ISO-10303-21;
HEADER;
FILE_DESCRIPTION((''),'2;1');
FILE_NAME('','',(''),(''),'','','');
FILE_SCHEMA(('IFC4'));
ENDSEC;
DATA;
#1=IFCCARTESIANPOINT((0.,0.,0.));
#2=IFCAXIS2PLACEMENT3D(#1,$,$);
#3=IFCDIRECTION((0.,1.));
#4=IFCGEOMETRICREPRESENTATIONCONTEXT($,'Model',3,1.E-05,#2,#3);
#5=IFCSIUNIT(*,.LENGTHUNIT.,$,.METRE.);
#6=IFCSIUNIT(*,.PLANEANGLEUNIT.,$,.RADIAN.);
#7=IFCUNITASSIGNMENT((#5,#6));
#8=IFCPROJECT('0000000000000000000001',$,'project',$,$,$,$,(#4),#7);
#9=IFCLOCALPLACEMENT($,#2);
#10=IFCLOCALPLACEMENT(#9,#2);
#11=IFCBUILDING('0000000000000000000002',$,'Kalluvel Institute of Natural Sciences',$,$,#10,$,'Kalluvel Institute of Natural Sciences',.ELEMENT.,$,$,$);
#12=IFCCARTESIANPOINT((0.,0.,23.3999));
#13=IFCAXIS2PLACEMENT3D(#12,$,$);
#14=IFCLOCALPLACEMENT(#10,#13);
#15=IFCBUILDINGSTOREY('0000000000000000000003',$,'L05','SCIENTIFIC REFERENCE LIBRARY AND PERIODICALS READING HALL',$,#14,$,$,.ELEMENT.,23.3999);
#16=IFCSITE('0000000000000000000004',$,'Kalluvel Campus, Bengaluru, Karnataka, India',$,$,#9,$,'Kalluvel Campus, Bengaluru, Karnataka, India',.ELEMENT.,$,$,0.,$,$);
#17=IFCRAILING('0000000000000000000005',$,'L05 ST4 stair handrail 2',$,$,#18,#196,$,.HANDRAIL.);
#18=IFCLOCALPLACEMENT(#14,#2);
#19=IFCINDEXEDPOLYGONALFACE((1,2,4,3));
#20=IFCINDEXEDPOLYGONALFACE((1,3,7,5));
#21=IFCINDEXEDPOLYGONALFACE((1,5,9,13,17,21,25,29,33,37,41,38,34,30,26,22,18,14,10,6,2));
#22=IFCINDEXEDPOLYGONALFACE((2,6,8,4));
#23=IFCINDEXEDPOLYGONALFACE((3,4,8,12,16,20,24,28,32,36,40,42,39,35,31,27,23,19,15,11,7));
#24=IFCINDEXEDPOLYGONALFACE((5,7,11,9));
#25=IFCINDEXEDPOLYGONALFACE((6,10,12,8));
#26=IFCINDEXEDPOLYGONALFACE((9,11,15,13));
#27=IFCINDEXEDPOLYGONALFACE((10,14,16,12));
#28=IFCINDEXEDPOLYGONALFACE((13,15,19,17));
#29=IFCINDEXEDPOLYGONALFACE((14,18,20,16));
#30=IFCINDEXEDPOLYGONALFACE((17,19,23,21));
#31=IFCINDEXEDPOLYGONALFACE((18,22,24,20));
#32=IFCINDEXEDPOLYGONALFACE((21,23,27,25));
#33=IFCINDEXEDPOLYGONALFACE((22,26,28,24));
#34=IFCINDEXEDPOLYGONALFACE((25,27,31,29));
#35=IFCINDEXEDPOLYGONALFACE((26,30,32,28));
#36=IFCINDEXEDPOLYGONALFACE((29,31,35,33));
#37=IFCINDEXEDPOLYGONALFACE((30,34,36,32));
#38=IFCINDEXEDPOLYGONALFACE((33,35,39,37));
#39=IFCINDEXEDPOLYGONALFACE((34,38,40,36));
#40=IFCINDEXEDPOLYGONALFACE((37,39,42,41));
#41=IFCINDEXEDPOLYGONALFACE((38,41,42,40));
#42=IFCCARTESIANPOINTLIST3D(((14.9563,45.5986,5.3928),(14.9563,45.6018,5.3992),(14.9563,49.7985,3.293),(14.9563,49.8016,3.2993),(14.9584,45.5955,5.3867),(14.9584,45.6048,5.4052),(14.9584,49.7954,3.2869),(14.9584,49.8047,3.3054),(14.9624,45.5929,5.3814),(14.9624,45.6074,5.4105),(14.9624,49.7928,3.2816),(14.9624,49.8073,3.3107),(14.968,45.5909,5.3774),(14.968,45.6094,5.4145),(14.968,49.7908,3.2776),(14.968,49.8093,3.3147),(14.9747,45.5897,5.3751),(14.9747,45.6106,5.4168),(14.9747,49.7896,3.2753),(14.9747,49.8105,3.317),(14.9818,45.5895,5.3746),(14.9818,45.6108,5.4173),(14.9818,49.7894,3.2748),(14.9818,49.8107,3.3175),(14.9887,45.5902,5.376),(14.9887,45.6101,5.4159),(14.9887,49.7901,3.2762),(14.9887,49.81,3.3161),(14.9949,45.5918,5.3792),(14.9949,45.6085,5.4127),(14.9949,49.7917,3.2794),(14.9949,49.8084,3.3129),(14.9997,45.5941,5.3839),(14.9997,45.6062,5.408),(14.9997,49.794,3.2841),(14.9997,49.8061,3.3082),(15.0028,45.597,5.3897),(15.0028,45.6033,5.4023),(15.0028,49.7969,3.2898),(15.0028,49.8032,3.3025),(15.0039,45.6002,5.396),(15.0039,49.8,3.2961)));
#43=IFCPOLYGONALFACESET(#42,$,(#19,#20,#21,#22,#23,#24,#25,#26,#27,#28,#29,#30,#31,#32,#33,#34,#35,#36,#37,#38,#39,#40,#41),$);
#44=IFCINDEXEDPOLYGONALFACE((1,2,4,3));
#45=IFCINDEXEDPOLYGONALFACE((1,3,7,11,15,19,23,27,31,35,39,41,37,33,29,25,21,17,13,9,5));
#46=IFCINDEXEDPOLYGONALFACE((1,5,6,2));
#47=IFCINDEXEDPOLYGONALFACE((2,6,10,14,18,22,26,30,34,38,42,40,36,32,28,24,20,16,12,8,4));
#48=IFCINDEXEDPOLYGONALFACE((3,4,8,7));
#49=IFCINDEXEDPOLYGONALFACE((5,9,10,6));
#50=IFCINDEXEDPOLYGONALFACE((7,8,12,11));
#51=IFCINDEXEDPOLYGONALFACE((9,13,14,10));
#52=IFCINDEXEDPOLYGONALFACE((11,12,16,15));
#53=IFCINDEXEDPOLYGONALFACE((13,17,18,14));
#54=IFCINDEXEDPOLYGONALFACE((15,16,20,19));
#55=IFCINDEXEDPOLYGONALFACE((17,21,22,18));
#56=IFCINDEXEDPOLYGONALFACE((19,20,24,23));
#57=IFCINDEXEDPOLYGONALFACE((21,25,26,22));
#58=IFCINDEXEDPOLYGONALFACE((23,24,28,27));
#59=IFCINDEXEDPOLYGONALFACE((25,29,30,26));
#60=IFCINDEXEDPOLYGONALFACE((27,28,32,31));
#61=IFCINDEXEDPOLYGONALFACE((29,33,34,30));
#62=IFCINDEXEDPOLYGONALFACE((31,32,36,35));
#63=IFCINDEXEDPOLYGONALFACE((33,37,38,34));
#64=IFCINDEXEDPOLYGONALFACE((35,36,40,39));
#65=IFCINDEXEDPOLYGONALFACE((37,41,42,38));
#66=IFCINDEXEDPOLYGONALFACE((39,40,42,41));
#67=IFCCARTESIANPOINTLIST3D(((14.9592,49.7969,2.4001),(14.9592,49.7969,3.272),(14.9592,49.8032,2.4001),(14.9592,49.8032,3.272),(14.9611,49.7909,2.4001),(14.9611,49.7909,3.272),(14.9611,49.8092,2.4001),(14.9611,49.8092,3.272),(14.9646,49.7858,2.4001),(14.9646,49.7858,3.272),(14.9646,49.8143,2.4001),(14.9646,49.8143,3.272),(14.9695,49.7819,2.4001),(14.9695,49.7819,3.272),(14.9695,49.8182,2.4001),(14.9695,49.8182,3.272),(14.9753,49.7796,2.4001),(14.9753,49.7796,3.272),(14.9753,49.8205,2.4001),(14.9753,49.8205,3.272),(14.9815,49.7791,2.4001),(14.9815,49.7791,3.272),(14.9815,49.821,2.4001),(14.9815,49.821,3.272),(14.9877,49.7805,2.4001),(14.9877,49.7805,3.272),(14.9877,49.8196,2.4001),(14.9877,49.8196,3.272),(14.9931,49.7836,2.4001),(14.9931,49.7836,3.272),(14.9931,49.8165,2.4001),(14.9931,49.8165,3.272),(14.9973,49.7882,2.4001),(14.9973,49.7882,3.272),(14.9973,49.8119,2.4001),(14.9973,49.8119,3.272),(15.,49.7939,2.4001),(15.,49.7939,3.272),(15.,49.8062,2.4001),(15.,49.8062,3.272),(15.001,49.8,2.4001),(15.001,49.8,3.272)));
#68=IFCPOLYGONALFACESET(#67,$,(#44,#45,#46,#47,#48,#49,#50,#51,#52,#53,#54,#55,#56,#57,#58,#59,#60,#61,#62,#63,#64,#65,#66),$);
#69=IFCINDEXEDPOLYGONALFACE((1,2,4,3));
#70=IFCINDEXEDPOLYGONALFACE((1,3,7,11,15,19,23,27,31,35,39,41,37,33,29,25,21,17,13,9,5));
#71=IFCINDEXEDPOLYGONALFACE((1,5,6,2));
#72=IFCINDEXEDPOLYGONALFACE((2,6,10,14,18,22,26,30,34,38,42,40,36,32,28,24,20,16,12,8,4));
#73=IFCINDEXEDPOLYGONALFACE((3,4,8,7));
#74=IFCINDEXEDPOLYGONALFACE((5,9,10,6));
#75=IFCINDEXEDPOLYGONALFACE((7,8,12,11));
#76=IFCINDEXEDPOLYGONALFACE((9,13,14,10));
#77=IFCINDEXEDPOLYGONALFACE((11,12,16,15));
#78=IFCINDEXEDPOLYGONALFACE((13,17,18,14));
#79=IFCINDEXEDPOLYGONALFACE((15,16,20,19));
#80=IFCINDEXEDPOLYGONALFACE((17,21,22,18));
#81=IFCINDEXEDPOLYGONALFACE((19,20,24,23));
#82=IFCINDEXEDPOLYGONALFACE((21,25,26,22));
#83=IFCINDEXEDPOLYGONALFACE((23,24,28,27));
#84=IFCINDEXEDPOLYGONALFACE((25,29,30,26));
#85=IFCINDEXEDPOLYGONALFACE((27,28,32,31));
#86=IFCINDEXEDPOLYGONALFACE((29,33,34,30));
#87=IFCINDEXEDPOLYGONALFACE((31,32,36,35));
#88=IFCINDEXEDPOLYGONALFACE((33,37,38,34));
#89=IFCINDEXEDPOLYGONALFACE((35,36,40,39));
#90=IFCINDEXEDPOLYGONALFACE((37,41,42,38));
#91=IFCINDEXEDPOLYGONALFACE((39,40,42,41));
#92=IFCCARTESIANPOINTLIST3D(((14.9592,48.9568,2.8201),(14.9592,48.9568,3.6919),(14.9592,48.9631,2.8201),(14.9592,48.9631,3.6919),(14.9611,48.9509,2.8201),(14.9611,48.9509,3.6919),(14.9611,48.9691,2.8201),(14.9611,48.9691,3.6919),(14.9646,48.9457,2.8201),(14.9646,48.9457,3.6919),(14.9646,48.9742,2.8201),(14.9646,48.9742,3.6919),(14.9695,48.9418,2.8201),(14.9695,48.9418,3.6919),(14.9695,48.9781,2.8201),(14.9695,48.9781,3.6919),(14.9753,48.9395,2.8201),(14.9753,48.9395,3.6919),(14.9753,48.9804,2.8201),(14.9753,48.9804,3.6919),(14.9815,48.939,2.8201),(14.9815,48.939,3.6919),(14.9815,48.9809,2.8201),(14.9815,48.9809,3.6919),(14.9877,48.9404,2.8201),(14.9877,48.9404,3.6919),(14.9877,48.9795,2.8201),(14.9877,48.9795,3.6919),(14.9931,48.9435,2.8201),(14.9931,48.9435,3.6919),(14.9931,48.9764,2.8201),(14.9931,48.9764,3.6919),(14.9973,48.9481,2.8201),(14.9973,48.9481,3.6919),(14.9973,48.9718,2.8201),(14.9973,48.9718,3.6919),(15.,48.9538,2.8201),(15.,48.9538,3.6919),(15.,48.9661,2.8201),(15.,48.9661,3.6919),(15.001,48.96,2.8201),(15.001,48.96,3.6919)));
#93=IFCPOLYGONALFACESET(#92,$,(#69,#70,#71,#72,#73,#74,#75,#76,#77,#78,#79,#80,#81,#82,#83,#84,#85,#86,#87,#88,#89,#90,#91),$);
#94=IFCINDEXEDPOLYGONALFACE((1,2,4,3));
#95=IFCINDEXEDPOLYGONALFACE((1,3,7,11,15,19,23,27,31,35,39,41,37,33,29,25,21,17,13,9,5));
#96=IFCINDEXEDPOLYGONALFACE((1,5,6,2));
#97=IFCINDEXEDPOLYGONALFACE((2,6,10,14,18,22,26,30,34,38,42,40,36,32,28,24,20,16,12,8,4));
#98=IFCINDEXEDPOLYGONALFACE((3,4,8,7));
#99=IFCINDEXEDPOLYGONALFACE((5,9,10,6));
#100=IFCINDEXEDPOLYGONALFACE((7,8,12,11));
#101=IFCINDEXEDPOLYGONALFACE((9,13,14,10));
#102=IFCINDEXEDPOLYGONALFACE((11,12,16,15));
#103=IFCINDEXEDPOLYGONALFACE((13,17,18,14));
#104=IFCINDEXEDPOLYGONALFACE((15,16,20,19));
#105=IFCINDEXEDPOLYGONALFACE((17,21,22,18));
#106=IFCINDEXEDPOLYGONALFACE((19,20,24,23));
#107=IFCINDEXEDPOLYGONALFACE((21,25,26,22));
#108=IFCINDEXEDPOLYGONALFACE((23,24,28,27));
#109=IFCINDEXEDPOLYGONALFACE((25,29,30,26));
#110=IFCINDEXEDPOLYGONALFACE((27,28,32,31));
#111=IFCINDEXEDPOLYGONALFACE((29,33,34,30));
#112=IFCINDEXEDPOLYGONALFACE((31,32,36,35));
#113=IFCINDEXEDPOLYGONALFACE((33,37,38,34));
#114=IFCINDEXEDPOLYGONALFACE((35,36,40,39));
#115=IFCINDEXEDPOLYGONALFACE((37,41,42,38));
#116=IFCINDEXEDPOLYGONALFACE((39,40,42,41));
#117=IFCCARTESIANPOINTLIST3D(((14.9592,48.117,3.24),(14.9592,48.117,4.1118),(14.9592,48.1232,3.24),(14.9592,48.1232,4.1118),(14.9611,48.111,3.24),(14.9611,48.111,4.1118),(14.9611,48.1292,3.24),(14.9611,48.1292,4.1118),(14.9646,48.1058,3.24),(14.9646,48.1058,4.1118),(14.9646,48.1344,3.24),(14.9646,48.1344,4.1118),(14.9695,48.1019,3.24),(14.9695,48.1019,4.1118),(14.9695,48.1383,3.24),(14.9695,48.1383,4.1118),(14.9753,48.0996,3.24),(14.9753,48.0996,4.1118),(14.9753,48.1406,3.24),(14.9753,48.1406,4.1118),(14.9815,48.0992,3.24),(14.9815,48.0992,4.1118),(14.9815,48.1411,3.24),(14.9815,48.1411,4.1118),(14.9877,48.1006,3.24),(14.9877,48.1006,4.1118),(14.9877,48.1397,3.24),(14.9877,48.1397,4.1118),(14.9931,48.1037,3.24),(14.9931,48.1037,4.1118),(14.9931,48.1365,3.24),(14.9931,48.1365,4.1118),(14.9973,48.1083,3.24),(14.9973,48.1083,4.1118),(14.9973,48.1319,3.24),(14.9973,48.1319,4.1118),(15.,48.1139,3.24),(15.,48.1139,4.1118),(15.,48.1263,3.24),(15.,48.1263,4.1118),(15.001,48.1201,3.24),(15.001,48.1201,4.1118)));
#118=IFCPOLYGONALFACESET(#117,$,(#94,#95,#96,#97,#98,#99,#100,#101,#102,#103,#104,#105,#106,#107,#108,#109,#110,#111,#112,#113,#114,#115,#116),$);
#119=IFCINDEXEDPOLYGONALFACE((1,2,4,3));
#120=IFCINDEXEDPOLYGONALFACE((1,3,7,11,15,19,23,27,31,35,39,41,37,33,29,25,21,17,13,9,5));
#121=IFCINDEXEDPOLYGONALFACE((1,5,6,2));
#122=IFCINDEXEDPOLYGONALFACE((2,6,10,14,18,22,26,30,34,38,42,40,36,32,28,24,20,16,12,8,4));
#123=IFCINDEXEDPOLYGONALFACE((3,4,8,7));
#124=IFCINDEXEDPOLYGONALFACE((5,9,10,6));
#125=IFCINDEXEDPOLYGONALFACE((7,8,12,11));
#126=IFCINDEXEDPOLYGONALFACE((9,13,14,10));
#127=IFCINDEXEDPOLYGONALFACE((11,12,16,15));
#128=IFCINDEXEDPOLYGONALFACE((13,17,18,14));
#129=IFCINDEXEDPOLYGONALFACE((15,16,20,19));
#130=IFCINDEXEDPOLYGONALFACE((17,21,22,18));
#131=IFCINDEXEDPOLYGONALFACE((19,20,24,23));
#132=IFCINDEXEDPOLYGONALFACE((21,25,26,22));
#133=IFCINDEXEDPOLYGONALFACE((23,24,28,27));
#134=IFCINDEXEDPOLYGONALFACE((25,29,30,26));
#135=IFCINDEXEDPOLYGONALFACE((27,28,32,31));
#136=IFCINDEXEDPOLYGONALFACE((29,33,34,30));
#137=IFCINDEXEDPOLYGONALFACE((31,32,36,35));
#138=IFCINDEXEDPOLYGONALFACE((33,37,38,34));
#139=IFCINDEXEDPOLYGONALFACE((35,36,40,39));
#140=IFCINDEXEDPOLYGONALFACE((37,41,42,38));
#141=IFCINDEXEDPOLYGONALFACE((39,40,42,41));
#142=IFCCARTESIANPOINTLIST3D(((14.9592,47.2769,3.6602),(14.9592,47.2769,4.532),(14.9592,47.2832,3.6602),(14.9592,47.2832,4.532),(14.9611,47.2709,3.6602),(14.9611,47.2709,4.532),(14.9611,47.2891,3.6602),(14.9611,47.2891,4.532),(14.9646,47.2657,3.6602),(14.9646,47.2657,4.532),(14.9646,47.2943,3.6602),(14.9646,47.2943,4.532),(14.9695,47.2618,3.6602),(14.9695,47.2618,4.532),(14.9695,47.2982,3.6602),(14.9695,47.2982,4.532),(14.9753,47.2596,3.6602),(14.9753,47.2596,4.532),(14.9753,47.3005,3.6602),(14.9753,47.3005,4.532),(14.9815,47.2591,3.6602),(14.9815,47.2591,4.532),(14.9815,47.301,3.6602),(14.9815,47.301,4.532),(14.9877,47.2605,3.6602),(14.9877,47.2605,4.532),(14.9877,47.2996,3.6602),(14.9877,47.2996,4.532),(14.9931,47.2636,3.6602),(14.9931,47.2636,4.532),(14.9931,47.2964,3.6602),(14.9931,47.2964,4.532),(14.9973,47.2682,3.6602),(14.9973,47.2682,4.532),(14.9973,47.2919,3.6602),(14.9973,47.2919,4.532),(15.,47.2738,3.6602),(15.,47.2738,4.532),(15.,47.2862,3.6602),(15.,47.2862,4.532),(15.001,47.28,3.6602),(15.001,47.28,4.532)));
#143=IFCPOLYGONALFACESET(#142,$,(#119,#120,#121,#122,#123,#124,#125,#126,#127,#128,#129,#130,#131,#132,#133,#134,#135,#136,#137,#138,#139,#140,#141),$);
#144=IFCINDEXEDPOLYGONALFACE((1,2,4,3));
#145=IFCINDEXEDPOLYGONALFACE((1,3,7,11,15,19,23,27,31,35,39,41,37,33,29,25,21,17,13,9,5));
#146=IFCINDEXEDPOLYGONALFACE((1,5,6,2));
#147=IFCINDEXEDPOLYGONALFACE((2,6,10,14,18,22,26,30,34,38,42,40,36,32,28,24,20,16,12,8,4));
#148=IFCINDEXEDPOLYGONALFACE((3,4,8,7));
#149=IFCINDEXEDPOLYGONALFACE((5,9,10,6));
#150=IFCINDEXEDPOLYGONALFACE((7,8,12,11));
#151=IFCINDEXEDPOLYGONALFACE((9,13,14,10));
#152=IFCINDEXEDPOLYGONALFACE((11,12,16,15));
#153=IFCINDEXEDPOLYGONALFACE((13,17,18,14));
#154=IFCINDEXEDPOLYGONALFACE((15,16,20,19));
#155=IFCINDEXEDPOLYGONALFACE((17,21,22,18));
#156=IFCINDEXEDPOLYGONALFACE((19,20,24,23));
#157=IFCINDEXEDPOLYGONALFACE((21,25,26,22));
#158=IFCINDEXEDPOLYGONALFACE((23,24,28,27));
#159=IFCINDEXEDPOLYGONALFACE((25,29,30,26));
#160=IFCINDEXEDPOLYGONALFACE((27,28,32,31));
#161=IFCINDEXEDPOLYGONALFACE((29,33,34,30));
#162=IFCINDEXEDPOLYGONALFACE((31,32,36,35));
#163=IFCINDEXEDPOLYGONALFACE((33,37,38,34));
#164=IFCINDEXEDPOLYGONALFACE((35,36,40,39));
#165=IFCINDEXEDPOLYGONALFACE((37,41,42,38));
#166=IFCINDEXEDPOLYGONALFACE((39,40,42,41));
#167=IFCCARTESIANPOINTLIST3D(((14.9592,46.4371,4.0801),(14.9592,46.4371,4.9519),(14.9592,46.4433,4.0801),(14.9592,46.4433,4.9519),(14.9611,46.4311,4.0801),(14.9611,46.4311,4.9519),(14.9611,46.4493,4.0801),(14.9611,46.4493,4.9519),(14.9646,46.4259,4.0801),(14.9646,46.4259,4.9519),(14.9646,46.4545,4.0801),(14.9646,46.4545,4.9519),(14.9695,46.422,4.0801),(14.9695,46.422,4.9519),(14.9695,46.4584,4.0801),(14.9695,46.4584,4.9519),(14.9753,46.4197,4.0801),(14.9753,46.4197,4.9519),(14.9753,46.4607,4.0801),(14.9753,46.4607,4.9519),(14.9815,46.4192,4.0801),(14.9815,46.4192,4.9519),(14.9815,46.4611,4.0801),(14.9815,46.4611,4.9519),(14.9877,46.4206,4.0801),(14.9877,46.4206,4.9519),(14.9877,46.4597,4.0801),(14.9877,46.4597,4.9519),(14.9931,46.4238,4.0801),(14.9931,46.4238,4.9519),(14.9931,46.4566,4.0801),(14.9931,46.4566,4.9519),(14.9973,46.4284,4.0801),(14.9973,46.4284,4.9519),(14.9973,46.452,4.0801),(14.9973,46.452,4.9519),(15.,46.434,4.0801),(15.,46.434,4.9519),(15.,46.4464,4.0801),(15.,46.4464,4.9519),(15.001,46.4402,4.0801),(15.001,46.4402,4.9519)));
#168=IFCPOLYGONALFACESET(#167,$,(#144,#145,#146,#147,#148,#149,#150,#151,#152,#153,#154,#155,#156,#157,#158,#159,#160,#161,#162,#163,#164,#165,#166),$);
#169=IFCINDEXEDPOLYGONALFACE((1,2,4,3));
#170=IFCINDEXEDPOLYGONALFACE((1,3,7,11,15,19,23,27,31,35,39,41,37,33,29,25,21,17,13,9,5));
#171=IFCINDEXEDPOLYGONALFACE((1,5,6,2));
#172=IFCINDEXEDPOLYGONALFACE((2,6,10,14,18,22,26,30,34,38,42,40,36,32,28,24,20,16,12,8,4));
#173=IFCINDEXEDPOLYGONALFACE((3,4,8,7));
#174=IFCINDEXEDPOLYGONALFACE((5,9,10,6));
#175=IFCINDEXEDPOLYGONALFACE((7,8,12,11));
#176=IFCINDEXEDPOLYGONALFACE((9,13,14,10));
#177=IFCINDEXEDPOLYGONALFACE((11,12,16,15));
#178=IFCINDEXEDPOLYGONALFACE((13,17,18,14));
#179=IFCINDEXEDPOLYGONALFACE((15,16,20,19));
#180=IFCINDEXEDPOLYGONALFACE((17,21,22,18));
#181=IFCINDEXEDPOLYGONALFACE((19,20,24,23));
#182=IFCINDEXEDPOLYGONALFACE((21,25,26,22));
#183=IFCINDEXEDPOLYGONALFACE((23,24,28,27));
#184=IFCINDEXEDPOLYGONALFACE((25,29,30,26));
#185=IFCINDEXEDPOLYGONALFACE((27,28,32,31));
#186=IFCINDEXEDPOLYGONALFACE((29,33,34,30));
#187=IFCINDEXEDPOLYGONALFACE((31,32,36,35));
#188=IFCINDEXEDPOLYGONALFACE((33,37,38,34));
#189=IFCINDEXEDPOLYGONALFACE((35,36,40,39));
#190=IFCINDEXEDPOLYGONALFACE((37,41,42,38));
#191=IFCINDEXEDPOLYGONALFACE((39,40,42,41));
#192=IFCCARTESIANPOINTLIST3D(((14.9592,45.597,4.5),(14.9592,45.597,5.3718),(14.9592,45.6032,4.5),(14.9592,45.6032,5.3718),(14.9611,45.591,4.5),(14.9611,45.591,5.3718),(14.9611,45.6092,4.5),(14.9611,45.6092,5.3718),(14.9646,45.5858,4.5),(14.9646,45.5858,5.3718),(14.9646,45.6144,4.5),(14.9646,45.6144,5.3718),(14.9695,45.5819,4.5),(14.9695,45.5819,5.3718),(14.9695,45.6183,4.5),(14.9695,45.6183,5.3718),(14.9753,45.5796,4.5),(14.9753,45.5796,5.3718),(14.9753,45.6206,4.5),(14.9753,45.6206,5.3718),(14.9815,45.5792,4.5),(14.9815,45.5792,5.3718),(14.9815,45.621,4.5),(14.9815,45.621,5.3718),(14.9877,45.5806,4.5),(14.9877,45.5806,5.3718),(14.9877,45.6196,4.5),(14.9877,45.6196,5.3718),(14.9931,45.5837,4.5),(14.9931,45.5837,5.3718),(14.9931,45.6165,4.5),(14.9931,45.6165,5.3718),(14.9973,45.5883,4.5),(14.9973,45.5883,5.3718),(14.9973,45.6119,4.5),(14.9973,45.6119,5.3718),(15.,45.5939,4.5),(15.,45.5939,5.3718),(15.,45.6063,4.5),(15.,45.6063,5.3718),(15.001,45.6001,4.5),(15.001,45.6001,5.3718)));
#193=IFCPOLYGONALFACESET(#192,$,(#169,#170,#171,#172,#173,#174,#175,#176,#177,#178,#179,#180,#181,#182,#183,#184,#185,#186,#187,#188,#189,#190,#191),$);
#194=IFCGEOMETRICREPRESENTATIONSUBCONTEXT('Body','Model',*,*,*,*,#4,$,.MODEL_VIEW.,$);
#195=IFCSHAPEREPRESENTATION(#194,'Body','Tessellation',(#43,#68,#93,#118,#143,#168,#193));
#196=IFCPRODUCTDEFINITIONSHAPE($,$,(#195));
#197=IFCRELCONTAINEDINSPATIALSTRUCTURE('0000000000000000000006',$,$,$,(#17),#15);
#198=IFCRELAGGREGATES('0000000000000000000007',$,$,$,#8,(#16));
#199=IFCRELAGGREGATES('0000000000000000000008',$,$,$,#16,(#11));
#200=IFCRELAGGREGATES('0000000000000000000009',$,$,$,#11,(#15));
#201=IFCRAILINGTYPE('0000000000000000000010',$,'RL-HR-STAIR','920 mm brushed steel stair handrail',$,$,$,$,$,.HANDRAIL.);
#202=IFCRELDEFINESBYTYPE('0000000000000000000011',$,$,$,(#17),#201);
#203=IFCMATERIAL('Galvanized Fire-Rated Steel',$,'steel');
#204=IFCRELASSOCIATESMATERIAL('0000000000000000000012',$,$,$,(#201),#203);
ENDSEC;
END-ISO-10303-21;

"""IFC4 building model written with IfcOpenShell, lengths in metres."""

from ifc_helpers import new_model, si_unit, direction, frame, origin, origin_2d, place, context, subcontext, project, spatial, circle, extrude, material, type_object, element, save


model = new_model("IFC4")

# Units and contexts
model_context = context("Model", 3, precision=1e-05, world=origin(), true_north=direction((0.0, 1.0)))
body_context = subcontext(model_context, "Body", "Model", "MODEL_VIEW")
ifc_project = project(units=[si_unit("LENGTHUNIT", "METRE"), si_unit("PLANEANGLEUNIT", "RADIAN")], contexts=[model_context])

# Site, building, storey
site_placement = place(None, origin())
site = spatial("IfcSite", under=ifc_project, at=site_placement, Name="Kalluvel Campus, Bengaluru, Karnataka, India", LongName="Kalluvel Campus, Bengaluru, Karnataka, India", CompositionType="ELEMENT", RefElevation=0.0)
building_placement = place(site_placement, origin())
building = spatial("IfcBuilding", under=site, at=building_placement, Name="Kalluvel Institute of Natural Sciences", LongName="Kalluvel Institute of Natural Sciences", CompositionType="ELEMENT")
storey_placement = place(building_placement, frame((0.0, 0.0, 23.3999)))
storey = spatial("IfcBuildingStorey", under=building, at=storey_placement, Name="L05", Description="SCIENTIFIC REFERENCE LIBRARY AND PERIODICALS READING HALL", CompositionType="ELEMENT", Elevation=23.3999)

# Shared definitions
ifc_material_1 = material(Name="Galvanized Fire-Rated Steel", Category="steel")

# Railing
railing_type_1 = type_object("IfcRailingType", Name="RL-HR-STAIR", Description="920 mm brushed steel stair handrail", PredefinedType="HANDRAIL", material=ifc_material_1)
railing_1_placement = place(storey_placement, frame((14.98, 49.8, 2.4001)))
element("IfcRailing", 1, at=railing_1_placement, inside=storey, type_object=railing_type_1, Name="L05 ST4 stair handrail 2", PredefinedType="HANDRAIL", context=body_context, shape_type="SweptSolid", body=[
    extrude(circle(Radius=0.0239, at=origin_2d()), frame((0.0, 0.0, 0.896), z_axis=(0.0, -0.894438, 0.447193), x_axis=(1.0, 0.0, 0.0)), (0.0, 0.0, 1.0), 4.6956),
    extrude(circle(Radius=0.021, at=origin_2d()), origin(), (0.0, 0.0, 1.0), 0.8718),
    extrude(circle(Radius=0.021, at=origin_2d()), frame((0.0, -0.8401, 0.4199)), (0.0, 0.0, 1.0), 0.8718),
    extrude(circle(Radius=0.021, at=origin_2d()), frame((0.0, -1.6799, 0.8398)), (0.0, 0.0, 1.0), 0.8718),
    extrude(circle(Radius=0.021, at=origin_2d()), frame((0.0, -2.52, 1.26)), (0.0, 0.0, 1.0), 0.8718),
    extrude(circle(Radius=0.021, at=origin_2d()), frame((0.0, -3.3599, 1.6799)), (0.0, 0.0, 1.0), 0.8718),
    extrude(circle(Radius=0.021, at=origin_2d()), frame((0.0, -4.2, 2.0999)), (0.0, 0.0, 1.0), 0.8718),
])

save(model, "model.ifc")
